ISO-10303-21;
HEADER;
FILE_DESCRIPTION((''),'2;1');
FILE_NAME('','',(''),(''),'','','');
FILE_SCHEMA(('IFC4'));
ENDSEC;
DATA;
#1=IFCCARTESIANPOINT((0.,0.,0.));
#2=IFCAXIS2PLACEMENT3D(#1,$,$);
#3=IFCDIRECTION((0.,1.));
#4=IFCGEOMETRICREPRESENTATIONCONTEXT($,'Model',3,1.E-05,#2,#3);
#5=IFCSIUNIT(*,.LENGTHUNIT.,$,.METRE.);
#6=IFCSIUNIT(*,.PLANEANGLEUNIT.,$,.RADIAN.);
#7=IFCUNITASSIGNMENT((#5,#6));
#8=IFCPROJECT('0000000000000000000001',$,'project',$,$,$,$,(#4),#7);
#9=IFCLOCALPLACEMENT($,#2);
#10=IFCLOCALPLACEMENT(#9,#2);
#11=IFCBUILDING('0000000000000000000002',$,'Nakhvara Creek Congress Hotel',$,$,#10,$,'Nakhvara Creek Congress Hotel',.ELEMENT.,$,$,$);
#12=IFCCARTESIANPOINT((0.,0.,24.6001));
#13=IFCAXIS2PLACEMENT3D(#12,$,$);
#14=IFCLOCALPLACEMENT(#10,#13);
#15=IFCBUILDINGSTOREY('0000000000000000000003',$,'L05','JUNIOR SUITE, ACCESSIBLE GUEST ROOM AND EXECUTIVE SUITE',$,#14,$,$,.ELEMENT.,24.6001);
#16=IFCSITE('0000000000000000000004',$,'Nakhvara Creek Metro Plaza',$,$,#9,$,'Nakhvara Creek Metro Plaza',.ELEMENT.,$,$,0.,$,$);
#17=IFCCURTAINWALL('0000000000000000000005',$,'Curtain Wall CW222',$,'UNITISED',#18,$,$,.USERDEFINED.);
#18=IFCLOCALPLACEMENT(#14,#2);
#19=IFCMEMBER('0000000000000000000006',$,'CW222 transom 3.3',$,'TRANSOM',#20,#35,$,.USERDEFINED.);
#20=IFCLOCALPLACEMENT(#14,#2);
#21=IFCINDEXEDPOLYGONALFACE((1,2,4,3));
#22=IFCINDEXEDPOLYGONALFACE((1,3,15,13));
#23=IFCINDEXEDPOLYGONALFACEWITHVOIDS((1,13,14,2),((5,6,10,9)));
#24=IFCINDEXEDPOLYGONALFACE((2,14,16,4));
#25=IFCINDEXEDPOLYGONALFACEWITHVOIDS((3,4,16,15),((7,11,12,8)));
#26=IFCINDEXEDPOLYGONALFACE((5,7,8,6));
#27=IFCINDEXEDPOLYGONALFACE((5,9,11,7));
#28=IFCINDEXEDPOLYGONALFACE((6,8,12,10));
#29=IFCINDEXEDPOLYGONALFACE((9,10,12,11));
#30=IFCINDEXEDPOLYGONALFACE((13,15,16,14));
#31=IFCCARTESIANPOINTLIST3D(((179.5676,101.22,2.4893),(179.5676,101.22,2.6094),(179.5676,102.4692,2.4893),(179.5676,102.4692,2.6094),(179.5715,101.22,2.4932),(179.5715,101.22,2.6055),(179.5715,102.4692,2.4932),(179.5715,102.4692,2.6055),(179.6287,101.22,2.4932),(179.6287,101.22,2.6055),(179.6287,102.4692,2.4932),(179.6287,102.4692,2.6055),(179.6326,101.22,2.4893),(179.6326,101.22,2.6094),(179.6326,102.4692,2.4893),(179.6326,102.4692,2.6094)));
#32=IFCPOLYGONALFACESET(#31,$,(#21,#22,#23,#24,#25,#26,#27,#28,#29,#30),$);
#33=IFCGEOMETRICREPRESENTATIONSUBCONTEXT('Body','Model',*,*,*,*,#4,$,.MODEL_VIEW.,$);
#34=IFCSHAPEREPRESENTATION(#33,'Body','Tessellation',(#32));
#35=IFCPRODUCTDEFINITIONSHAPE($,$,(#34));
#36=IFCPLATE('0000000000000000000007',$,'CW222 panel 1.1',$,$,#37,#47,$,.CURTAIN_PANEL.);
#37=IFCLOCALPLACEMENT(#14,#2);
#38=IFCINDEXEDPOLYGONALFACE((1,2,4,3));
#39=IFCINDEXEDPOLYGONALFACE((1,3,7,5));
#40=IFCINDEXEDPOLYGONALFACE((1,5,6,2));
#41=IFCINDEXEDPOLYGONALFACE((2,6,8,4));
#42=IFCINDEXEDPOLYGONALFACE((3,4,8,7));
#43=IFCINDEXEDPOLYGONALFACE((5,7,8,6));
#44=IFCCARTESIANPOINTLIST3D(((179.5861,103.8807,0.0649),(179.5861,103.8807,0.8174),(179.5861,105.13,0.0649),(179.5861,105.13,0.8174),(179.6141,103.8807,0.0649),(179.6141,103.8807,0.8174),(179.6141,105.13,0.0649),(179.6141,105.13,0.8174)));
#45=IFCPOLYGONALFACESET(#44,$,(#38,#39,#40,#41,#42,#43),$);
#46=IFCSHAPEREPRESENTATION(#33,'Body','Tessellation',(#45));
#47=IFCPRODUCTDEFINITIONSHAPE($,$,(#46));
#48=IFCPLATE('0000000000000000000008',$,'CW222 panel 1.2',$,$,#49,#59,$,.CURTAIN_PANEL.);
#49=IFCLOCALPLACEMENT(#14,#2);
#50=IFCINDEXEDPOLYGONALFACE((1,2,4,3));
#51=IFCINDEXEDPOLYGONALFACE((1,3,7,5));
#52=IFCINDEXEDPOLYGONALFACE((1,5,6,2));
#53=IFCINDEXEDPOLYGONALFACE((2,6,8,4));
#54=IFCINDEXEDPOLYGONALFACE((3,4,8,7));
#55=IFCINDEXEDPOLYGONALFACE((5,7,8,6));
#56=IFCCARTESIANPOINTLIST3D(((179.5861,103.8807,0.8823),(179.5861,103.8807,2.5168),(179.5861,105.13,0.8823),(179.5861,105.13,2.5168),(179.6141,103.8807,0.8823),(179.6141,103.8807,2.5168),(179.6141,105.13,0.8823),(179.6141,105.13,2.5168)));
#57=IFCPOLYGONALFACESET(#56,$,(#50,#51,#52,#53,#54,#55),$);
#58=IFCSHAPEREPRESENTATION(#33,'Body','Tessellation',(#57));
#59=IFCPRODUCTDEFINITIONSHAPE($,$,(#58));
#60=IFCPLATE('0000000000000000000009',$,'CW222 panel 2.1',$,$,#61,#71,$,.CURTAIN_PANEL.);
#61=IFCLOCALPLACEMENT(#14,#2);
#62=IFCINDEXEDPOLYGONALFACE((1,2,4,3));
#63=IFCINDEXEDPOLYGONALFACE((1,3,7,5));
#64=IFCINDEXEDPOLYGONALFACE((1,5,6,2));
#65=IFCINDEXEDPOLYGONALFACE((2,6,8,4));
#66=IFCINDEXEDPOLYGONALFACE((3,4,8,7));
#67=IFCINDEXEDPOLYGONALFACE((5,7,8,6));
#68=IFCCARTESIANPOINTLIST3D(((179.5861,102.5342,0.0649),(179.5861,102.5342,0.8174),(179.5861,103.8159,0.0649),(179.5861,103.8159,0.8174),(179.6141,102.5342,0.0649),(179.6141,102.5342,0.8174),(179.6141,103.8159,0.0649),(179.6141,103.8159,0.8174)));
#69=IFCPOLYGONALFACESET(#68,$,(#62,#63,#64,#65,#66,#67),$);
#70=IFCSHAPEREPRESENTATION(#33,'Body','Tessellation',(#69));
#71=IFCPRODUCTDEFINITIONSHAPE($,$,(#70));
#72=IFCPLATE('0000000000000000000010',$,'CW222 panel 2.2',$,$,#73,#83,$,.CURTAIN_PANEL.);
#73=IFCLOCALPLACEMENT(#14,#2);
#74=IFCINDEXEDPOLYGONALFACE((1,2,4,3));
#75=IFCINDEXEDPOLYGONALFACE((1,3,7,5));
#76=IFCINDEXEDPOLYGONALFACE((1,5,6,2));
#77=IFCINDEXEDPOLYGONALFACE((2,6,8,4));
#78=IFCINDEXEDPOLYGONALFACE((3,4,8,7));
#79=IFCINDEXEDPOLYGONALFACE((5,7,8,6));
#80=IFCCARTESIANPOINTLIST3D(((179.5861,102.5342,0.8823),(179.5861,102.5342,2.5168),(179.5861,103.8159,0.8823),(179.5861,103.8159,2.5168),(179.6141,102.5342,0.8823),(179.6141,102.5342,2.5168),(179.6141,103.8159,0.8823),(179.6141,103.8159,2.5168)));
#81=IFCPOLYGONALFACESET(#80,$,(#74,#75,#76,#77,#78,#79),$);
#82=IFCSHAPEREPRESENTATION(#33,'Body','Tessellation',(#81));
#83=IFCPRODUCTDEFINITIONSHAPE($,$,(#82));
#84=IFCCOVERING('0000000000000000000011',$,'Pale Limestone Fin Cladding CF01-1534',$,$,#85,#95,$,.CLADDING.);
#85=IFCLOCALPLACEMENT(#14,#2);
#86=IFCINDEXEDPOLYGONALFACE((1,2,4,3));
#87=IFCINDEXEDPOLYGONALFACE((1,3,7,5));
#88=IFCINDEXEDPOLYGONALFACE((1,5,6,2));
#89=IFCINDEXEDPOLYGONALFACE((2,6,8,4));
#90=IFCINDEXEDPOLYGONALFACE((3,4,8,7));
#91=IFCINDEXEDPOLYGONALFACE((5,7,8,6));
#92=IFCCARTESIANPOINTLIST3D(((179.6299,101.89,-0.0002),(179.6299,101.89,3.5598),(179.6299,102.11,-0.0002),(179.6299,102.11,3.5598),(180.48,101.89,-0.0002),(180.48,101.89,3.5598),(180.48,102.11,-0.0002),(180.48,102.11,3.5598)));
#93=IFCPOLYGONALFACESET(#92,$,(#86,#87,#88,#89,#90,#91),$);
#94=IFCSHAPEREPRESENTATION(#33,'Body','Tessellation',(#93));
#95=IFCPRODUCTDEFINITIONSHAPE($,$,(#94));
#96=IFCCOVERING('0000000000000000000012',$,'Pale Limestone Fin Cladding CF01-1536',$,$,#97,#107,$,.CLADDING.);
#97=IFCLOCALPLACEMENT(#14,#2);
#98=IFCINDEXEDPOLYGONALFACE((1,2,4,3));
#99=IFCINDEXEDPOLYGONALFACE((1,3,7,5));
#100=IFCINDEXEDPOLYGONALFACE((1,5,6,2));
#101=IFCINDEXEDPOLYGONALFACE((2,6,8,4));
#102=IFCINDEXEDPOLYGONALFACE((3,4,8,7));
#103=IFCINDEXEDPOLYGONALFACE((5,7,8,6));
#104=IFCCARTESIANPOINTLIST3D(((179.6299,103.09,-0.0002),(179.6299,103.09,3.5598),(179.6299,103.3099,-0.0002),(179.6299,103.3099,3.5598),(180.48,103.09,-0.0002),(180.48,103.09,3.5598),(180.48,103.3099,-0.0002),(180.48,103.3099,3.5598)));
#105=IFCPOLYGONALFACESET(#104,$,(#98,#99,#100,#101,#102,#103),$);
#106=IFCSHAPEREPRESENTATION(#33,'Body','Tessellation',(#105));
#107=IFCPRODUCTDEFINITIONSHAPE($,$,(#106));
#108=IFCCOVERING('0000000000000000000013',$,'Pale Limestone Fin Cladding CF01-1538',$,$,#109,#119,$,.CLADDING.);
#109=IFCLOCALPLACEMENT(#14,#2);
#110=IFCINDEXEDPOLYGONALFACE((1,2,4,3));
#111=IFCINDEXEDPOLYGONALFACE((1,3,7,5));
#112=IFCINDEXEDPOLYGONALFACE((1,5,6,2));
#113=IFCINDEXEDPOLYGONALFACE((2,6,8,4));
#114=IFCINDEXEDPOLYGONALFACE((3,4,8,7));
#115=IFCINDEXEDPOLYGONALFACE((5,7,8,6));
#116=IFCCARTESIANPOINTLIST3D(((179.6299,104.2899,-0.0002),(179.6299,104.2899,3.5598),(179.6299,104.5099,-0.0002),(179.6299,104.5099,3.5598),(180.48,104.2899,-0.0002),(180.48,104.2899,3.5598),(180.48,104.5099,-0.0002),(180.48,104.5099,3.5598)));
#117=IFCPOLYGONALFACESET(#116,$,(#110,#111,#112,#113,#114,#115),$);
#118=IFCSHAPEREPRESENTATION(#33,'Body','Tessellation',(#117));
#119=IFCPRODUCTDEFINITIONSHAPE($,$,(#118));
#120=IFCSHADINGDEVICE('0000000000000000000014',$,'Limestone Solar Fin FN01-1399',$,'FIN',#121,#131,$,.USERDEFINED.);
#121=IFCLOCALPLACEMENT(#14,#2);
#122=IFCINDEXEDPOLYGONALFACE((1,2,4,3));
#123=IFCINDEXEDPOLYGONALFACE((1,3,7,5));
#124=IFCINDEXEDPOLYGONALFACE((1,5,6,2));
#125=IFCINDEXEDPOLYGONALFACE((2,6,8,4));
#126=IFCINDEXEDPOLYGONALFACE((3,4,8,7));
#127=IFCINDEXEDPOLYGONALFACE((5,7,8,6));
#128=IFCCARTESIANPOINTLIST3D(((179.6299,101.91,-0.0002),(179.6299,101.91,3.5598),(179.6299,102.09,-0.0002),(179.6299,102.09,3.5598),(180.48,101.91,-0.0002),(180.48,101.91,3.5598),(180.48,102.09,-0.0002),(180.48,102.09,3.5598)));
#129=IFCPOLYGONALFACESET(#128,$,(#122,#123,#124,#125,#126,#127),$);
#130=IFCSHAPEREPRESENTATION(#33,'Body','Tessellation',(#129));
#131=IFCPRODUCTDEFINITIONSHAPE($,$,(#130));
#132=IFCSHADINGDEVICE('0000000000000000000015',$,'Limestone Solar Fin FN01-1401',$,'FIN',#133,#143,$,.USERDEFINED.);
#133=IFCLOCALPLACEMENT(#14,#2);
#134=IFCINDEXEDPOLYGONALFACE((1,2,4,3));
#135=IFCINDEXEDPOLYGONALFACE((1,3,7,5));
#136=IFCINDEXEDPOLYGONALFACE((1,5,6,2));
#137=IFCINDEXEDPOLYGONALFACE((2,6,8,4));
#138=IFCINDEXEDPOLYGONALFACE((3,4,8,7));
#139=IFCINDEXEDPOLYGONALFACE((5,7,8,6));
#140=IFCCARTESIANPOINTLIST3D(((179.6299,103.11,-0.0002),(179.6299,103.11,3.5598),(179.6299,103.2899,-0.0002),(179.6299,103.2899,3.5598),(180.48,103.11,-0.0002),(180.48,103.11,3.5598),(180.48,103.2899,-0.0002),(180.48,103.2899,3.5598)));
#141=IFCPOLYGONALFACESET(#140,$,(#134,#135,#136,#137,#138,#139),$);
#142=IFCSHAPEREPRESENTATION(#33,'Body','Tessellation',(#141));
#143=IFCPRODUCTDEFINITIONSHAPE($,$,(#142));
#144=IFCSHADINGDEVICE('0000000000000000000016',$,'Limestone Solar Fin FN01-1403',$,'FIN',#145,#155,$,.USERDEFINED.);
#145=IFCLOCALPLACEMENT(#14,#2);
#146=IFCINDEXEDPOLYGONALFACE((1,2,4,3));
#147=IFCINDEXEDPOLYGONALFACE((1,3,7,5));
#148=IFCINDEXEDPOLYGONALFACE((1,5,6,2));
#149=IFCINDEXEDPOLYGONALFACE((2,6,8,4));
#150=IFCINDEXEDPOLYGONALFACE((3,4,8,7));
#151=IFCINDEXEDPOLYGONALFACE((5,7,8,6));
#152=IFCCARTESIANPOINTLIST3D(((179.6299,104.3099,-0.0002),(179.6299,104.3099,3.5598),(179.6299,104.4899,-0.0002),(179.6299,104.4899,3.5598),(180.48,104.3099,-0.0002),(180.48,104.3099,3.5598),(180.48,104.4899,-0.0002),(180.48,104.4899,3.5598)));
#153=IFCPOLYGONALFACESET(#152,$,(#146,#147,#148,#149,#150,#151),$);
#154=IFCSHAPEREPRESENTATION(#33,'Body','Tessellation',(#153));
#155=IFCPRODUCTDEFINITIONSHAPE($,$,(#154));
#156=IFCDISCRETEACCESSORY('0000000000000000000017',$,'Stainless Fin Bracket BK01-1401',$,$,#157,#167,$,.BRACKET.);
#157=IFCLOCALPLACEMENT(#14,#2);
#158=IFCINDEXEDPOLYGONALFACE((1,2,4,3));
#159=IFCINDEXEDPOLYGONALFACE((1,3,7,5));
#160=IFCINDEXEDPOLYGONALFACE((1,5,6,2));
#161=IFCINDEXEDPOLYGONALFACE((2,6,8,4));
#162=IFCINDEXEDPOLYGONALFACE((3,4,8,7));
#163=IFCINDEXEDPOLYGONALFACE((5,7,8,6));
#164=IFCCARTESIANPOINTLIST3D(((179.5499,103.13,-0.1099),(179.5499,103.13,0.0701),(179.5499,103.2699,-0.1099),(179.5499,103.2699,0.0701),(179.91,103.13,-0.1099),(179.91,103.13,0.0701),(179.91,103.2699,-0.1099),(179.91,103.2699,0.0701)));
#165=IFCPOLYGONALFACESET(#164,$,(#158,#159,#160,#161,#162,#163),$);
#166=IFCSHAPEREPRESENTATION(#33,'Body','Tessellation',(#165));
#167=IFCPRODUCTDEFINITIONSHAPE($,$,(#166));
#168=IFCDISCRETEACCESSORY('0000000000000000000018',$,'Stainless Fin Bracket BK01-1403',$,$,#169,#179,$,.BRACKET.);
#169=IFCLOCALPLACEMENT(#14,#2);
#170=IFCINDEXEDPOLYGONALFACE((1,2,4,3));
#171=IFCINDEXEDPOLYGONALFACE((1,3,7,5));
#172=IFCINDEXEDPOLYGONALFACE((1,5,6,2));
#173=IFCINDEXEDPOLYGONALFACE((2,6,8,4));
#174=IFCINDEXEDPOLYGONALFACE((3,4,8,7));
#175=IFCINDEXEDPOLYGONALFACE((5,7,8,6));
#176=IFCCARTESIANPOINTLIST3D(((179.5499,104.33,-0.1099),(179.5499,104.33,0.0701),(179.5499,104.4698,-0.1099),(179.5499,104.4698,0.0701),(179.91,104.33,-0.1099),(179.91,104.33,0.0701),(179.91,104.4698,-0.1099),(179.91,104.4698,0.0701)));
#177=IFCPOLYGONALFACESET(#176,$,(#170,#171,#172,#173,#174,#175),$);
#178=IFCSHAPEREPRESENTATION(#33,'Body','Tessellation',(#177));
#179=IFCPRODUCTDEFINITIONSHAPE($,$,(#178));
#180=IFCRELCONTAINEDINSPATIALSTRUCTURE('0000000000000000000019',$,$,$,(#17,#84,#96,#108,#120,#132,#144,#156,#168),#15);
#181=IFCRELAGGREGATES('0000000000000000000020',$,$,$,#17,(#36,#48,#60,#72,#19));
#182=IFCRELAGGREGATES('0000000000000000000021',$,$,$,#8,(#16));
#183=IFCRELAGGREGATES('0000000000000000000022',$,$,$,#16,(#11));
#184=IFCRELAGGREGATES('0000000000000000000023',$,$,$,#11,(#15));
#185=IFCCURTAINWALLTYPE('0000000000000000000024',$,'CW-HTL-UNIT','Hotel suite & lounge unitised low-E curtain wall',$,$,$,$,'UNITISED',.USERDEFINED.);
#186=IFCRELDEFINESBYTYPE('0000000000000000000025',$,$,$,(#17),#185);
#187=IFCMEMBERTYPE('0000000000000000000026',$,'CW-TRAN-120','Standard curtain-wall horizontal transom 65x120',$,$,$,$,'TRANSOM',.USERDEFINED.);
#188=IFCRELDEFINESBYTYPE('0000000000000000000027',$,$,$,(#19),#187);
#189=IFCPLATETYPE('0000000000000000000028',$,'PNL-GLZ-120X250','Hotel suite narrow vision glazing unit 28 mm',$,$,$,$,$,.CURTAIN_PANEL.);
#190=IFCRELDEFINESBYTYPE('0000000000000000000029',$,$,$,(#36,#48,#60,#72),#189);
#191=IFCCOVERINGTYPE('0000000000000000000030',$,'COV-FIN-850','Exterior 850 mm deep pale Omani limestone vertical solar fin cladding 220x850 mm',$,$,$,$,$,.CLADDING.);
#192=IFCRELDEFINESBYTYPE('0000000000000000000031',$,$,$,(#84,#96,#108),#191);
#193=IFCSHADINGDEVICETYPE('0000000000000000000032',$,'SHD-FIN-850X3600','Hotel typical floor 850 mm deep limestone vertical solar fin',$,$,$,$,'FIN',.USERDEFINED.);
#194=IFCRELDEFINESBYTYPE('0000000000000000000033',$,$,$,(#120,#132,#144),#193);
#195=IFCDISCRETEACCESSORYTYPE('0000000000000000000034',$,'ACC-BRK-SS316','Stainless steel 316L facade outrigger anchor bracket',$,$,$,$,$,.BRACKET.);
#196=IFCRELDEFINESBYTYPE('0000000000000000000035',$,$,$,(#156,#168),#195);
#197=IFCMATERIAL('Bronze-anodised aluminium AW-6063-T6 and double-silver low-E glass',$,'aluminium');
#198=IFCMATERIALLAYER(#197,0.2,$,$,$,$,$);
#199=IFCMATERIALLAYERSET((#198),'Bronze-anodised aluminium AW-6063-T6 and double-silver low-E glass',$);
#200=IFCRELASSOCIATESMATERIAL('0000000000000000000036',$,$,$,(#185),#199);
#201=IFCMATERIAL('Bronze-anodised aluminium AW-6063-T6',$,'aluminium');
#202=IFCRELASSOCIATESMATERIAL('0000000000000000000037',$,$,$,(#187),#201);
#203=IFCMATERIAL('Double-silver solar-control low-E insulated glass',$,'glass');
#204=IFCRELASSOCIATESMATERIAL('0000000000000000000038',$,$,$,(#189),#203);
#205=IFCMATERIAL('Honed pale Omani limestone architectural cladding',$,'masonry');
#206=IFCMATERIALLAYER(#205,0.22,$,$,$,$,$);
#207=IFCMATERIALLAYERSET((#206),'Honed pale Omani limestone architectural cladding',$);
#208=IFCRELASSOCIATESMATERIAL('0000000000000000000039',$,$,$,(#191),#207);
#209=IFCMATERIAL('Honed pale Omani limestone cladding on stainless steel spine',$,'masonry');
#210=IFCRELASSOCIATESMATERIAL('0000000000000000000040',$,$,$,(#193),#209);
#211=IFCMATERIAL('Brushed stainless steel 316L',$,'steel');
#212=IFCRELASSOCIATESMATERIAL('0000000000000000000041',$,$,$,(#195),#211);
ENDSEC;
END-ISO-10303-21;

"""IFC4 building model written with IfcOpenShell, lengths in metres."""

from ifc_helpers import new_model, si_unit, direction, frame, origin, origin_2d, place, context, subcontext, project, spatial, rectangle, hollow_rectangle, extrude, material, layer, layer_set, material_profile, profile_set, type_object, element, aggregate, save


model = new_model("IFC4")

# Units and contexts
model_context = context("Model", 3, precision=1e-05, world=origin(), true_north=direction((0.0, 1.0)))
body_context = subcontext(model_context, "Body", "Model", "MODEL_VIEW")
ifc_project = project(units=[si_unit("LENGTHUNIT", "METRE"), si_unit("PLANEANGLEUNIT", "RADIAN")], contexts=[model_context])

# Site, building, storey
site_placement = place(None, origin())
site = spatial("IfcSite", under=ifc_project, at=site_placement, Name="Nakhvara Creek Metro Plaza", LongName="Nakhvara Creek Metro Plaza", CompositionType="ELEMENT", RefElevation=0.0)
building_placement = place(site_placement, origin())
building = spatial("IfcBuilding", under=site, at=building_placement, Name="Nakhvara Creek Congress Hotel", LongName="Nakhvara Creek Congress Hotel", CompositionType="ELEMENT")
storey_placement = place(building_placement, frame((0.0, 0.0, 24.6001)))
storey = spatial("IfcBuildingStorey", under=building, at=storey_placement, Name="L05", Description="JUNIOR SUITE, ACCESSIBLE GUEST ROOM AND EXECUTIVE SUITE", CompositionType="ELEMENT", Elevation=24.6001)

# Curtain wall, member, plates
ifc_material_1 = material(Name="Bronze-anodised aluminium AW-6063-T6 and double-silver low-E glass", Category="aluminium")
ifc_layer_1 = layer(ifc_material_1, 0.2)
ifc_layer_set_1 = layer_set([ifc_layer_1], Name="Bronze-anodised aluminium AW-6063-T6 and double-silver low-E glass")
curtain_wall_type = type_object("IfcCurtainWallType", Name="CW-HTL-UNIT", Description="Hotel suite & lounge unitised low-E curtain wall", ElementType="UNITISED", PredefinedType="USERDEFINED", material=ifc_layer_set_1)
curtain_wall_placement = place(storey_placement, origin())
curtain_wall = element("IfcCurtainWall", 1, at=curtain_wall_placement, inside=storey, type_object=curtain_wall_type, Name="Curtain Wall CW222", ObjectType="UNITISED", PredefinedType="USERDEFINED")
ifc_material_2 = material(Name="Bronze-anodised aluminium AW-6063-T6", Category="aluminium")
ifc_material_profile_1 = material_profile(ifc_material_2, hollow_rectangle(XDim=0.0649, YDim=0.1201, WallThickness=0.0039, at=origin_2d()), Name="ALU-TRAN 65x120x4", Category="LoadBearing")
ifc_profile_set_1 = profile_set([ifc_material_profile_1], Name="Bronze-anodised aluminium AW-6063-T6")
member_type_1 = type_object("IfcMemberType", Name="CW-TRAN-120", Description="Standard curtain-wall horizontal transom 65x120", ElementType="TRANSOM", PredefinedType="USERDEFINED", material=ifc_profile_set_1)
member_1_placement = place(storey_placement, frame((179.6001, 102.4692, 2.5493), z_axis=(0.0, -1.0, 0.0), x_axis=(1.0, 0.0, 0.0)))
member_1 = element("IfcMember", 2, at=member_1_placement, type_object=member_type_1, Name="CW222 transom 3.3", ObjectType="TRANSOM", PredefinedType="USERDEFINED", context=body_context, shape_type="SweptSolid", body=[
    extrude(hollow_rectangle(XDim=0.0649, YDim=0.1201, WallThickness=0.0039, at=origin_2d()), origin(), (0.0, 0.0, 1.0), 1.2493),
])
ifc_material_3 = material(Name="Double-silver solar-control low-E insulated glass", Category="glass")
plate_type = type_object("IfcPlateType", Name="PNL-GLZ-120X250", Description="Hotel suite narrow vision glazing unit 28 mm", PredefinedType="CURTAIN_PANEL", material=ifc_material_3)
plate_1_placement = place(storey_placement, frame((179.6001, 104.5054, 0.0649), z_axis=(0.0, 0.0, 1.0), x_axis=(0.0, -1.0, 0.0)))
plate_1 = element("IfcPlate", 3, at=plate_1_placement, type_object=plate_type, Name="CW222 panel 1.1", PredefinedType="CURTAIN_PANEL", context=body_context, shape_type="SweptSolid", body=[
    extrude(rectangle(XDim=1.2493, YDim=0.0281, at=origin_2d()), origin(), (0.0, 0.0, 1.0), 0.7524),
])
plate_2_placement = place(storey_placement, frame((179.6001, 104.5054, 0.8823), z_axis=(0.0, 0.0, 1.0), x_axis=(0.0, -1.0, 0.0)))
plate_2 = element("IfcPlate", 4, at=plate_2_placement, type_object=plate_type, Name="CW222 panel 1.2", PredefinedType="CURTAIN_PANEL", context=body_context, shape_type="SweptSolid", body=[
    extrude(rectangle(XDim=1.2493, YDim=0.0281, at=origin_2d()), origin(), (0.0, 0.0, 1.0), 1.6345),
])
plate_3_placement = place(storey_placement, frame((179.6001, 103.175, 0.0649), z_axis=(0.0, 0.0, 1.0), x_axis=(0.0, -1.0, 0.0)))
plate_3 = element("IfcPlate", 5, at=plate_3_placement, type_object=plate_type, Name="CW222 panel 2.1", PredefinedType="CURTAIN_PANEL", context=body_context, shape_type="SweptSolid", body=[
    extrude(rectangle(XDim=1.2817, YDim=0.0281, at=origin_2d()), origin(), (0.0, 0.0, 1.0), 0.7524),
])
plate_4_placement = place(storey_placement, frame((179.6001, 103.175, 0.8823), z_axis=(0.0, 0.0, 1.0), x_axis=(0.0, -1.0, 0.0)))
plate_4 = element("IfcPlate", 6, at=plate_4_placement, type_object=plate_type, Name="CW222 panel 2.2", PredefinedType="CURTAIN_PANEL", context=body_context, shape_type="SweptSolid", body=[
    extrude(rectangle(XDim=1.2817, YDim=0.0281, at=origin_2d()), origin(), (0.0, 0.0, 1.0), 1.6345),
])
aggregate(curtain_wall, [plate_1, plate_2, plate_3, plate_4, member_1])

# Coverings
ifc_material_4 = material(Name="Honed pale Omani limestone architectural cladding", Category="masonry")
ifc_layer_2 = layer(ifc_material_4, 0.22)
ifc_layer_set_2 = layer_set([ifc_layer_2], Name="Honed pale Omani limestone architectural cladding")
covering_type = type_object("IfcCoveringType", Name="COV-FIN-850", Description="Exterior 850 mm deep pale Omani limestone vertical solar fin cladding 220x850 mm", PredefinedType="CLADDING", material=ifc_layer_set_2)
for number, where, z_axis, x_axis, name in (
    (7, (180.0549, 102.0, -0.0002), (0.0, 0.0, 1.0), (0.0, 1.0, 0.0), "Pale Limestone Fin Cladding CF01-1534"),
    (8, (180.0549, 103.2, -0.0002), (0.0, 0.0, 1.0), (0.0, 1.0, 0.0), "Pale Limestone Fin Cladding CF01-1536"),
    (9, (180.0549, 104.3999, -0.0002), (0.0, 0.0, 1.0), (0.0, 1.0, 0.0), "Pale Limestone Fin Cladding CF01-1538"),
):
    element("IfcCovering", number, at=place(storey_placement, frame(where, z_axis=z_axis, x_axis=x_axis)), inside=storey, type_object=covering_type, Name=name, PredefinedType="CLADDING", context=body_context, shape_type="SweptSolid", body=[
        extrude(rectangle(XDim=0.22, YDim=0.8501, at=origin_2d()), origin(), (0.0, 0.0, 1.0), 3.5601),
    ])

# Shading devices
ifc_material_5 = material(Name="Honed pale Omani limestone cladding on stainless steel spine", Category="masonry")
shading_device_type = type_object("IfcShadingDeviceType", Name="SHD-FIN-850X3600", Description="Hotel typical floor 850 mm deep limestone vertical solar fin", ElementType="FIN", PredefinedType="USERDEFINED", material=ifc_material_5)
for number, where, z_axis, x_axis, name in (
    (10, (180.0549, 102.0, -0.0002), (0.0, 0.0, 1.0), (0.0, 1.0, 0.0), "Limestone Solar Fin FN01-1399"),
    (11, (180.0549, 103.2, -0.0002), (0.0, 0.0, 1.0), (0.0, 1.0, 0.0), "Limestone Solar Fin FN01-1401"),
    (12, (180.0549, 104.3999, -0.0002), (0.0, 0.0, 1.0), (0.0, 1.0, 0.0), "Limestone Solar Fin FN01-1403"),
):
    element("IfcShadingDevice", number, at=place(storey_placement, frame(where, z_axis=z_axis, x_axis=x_axis)), inside=storey, type_object=shading_device_type, Name=name, ObjectType="FIN", PredefinedType="USERDEFINED", context=body_context, shape_type="SweptSolid", body=[
        extrude(rectangle(XDim=0.1799, YDim=0.8501, at=origin_2d()), origin(), (0.0, 0.0, 1.0), 3.5601),
    ])

# Discrete accessories
ifc_material_6 = material(Name="Brushed stainless steel 316L", Category="steel")
discrete_accessory_type = type_object("IfcDiscreteAccessoryType", Name="ACC-BRK-SS316", Description="Stainless steel 316L facade outrigger anchor bracket", PredefinedType="BRACKET", material=ifc_material_6)
for number, where, z_axis, x_axis, name in (
    (13, (179.73, 103.2, -0.1099), (0.0, 0.0, 1.0), (0.0, 1.0, 0.0), "Stainless Fin Bracket BK01-1401"),
    (14, (179.73, 104.3999, -0.1099), (0.0, 0.0, 1.0), (0.0, 1.0, 0.0), "Stainless Fin Bracket BK01-1403"),
):
    element("IfcDiscreteAccessory", number, at=place(storey_placement, frame(where, z_axis=z_axis, x_axis=x_axis)), inside=storey, type_object=discrete_accessory_type, Name=name, PredefinedType="BRACKET", context=body_context, shape_type="SweptSolid", body=[
        extrude(rectangle(XDim=0.1399, YDim=0.3601, at=origin_2d()), origin(), (0.0, 0.0, 1.0), 0.1799),
    ])

save(model, "model.ifc")
